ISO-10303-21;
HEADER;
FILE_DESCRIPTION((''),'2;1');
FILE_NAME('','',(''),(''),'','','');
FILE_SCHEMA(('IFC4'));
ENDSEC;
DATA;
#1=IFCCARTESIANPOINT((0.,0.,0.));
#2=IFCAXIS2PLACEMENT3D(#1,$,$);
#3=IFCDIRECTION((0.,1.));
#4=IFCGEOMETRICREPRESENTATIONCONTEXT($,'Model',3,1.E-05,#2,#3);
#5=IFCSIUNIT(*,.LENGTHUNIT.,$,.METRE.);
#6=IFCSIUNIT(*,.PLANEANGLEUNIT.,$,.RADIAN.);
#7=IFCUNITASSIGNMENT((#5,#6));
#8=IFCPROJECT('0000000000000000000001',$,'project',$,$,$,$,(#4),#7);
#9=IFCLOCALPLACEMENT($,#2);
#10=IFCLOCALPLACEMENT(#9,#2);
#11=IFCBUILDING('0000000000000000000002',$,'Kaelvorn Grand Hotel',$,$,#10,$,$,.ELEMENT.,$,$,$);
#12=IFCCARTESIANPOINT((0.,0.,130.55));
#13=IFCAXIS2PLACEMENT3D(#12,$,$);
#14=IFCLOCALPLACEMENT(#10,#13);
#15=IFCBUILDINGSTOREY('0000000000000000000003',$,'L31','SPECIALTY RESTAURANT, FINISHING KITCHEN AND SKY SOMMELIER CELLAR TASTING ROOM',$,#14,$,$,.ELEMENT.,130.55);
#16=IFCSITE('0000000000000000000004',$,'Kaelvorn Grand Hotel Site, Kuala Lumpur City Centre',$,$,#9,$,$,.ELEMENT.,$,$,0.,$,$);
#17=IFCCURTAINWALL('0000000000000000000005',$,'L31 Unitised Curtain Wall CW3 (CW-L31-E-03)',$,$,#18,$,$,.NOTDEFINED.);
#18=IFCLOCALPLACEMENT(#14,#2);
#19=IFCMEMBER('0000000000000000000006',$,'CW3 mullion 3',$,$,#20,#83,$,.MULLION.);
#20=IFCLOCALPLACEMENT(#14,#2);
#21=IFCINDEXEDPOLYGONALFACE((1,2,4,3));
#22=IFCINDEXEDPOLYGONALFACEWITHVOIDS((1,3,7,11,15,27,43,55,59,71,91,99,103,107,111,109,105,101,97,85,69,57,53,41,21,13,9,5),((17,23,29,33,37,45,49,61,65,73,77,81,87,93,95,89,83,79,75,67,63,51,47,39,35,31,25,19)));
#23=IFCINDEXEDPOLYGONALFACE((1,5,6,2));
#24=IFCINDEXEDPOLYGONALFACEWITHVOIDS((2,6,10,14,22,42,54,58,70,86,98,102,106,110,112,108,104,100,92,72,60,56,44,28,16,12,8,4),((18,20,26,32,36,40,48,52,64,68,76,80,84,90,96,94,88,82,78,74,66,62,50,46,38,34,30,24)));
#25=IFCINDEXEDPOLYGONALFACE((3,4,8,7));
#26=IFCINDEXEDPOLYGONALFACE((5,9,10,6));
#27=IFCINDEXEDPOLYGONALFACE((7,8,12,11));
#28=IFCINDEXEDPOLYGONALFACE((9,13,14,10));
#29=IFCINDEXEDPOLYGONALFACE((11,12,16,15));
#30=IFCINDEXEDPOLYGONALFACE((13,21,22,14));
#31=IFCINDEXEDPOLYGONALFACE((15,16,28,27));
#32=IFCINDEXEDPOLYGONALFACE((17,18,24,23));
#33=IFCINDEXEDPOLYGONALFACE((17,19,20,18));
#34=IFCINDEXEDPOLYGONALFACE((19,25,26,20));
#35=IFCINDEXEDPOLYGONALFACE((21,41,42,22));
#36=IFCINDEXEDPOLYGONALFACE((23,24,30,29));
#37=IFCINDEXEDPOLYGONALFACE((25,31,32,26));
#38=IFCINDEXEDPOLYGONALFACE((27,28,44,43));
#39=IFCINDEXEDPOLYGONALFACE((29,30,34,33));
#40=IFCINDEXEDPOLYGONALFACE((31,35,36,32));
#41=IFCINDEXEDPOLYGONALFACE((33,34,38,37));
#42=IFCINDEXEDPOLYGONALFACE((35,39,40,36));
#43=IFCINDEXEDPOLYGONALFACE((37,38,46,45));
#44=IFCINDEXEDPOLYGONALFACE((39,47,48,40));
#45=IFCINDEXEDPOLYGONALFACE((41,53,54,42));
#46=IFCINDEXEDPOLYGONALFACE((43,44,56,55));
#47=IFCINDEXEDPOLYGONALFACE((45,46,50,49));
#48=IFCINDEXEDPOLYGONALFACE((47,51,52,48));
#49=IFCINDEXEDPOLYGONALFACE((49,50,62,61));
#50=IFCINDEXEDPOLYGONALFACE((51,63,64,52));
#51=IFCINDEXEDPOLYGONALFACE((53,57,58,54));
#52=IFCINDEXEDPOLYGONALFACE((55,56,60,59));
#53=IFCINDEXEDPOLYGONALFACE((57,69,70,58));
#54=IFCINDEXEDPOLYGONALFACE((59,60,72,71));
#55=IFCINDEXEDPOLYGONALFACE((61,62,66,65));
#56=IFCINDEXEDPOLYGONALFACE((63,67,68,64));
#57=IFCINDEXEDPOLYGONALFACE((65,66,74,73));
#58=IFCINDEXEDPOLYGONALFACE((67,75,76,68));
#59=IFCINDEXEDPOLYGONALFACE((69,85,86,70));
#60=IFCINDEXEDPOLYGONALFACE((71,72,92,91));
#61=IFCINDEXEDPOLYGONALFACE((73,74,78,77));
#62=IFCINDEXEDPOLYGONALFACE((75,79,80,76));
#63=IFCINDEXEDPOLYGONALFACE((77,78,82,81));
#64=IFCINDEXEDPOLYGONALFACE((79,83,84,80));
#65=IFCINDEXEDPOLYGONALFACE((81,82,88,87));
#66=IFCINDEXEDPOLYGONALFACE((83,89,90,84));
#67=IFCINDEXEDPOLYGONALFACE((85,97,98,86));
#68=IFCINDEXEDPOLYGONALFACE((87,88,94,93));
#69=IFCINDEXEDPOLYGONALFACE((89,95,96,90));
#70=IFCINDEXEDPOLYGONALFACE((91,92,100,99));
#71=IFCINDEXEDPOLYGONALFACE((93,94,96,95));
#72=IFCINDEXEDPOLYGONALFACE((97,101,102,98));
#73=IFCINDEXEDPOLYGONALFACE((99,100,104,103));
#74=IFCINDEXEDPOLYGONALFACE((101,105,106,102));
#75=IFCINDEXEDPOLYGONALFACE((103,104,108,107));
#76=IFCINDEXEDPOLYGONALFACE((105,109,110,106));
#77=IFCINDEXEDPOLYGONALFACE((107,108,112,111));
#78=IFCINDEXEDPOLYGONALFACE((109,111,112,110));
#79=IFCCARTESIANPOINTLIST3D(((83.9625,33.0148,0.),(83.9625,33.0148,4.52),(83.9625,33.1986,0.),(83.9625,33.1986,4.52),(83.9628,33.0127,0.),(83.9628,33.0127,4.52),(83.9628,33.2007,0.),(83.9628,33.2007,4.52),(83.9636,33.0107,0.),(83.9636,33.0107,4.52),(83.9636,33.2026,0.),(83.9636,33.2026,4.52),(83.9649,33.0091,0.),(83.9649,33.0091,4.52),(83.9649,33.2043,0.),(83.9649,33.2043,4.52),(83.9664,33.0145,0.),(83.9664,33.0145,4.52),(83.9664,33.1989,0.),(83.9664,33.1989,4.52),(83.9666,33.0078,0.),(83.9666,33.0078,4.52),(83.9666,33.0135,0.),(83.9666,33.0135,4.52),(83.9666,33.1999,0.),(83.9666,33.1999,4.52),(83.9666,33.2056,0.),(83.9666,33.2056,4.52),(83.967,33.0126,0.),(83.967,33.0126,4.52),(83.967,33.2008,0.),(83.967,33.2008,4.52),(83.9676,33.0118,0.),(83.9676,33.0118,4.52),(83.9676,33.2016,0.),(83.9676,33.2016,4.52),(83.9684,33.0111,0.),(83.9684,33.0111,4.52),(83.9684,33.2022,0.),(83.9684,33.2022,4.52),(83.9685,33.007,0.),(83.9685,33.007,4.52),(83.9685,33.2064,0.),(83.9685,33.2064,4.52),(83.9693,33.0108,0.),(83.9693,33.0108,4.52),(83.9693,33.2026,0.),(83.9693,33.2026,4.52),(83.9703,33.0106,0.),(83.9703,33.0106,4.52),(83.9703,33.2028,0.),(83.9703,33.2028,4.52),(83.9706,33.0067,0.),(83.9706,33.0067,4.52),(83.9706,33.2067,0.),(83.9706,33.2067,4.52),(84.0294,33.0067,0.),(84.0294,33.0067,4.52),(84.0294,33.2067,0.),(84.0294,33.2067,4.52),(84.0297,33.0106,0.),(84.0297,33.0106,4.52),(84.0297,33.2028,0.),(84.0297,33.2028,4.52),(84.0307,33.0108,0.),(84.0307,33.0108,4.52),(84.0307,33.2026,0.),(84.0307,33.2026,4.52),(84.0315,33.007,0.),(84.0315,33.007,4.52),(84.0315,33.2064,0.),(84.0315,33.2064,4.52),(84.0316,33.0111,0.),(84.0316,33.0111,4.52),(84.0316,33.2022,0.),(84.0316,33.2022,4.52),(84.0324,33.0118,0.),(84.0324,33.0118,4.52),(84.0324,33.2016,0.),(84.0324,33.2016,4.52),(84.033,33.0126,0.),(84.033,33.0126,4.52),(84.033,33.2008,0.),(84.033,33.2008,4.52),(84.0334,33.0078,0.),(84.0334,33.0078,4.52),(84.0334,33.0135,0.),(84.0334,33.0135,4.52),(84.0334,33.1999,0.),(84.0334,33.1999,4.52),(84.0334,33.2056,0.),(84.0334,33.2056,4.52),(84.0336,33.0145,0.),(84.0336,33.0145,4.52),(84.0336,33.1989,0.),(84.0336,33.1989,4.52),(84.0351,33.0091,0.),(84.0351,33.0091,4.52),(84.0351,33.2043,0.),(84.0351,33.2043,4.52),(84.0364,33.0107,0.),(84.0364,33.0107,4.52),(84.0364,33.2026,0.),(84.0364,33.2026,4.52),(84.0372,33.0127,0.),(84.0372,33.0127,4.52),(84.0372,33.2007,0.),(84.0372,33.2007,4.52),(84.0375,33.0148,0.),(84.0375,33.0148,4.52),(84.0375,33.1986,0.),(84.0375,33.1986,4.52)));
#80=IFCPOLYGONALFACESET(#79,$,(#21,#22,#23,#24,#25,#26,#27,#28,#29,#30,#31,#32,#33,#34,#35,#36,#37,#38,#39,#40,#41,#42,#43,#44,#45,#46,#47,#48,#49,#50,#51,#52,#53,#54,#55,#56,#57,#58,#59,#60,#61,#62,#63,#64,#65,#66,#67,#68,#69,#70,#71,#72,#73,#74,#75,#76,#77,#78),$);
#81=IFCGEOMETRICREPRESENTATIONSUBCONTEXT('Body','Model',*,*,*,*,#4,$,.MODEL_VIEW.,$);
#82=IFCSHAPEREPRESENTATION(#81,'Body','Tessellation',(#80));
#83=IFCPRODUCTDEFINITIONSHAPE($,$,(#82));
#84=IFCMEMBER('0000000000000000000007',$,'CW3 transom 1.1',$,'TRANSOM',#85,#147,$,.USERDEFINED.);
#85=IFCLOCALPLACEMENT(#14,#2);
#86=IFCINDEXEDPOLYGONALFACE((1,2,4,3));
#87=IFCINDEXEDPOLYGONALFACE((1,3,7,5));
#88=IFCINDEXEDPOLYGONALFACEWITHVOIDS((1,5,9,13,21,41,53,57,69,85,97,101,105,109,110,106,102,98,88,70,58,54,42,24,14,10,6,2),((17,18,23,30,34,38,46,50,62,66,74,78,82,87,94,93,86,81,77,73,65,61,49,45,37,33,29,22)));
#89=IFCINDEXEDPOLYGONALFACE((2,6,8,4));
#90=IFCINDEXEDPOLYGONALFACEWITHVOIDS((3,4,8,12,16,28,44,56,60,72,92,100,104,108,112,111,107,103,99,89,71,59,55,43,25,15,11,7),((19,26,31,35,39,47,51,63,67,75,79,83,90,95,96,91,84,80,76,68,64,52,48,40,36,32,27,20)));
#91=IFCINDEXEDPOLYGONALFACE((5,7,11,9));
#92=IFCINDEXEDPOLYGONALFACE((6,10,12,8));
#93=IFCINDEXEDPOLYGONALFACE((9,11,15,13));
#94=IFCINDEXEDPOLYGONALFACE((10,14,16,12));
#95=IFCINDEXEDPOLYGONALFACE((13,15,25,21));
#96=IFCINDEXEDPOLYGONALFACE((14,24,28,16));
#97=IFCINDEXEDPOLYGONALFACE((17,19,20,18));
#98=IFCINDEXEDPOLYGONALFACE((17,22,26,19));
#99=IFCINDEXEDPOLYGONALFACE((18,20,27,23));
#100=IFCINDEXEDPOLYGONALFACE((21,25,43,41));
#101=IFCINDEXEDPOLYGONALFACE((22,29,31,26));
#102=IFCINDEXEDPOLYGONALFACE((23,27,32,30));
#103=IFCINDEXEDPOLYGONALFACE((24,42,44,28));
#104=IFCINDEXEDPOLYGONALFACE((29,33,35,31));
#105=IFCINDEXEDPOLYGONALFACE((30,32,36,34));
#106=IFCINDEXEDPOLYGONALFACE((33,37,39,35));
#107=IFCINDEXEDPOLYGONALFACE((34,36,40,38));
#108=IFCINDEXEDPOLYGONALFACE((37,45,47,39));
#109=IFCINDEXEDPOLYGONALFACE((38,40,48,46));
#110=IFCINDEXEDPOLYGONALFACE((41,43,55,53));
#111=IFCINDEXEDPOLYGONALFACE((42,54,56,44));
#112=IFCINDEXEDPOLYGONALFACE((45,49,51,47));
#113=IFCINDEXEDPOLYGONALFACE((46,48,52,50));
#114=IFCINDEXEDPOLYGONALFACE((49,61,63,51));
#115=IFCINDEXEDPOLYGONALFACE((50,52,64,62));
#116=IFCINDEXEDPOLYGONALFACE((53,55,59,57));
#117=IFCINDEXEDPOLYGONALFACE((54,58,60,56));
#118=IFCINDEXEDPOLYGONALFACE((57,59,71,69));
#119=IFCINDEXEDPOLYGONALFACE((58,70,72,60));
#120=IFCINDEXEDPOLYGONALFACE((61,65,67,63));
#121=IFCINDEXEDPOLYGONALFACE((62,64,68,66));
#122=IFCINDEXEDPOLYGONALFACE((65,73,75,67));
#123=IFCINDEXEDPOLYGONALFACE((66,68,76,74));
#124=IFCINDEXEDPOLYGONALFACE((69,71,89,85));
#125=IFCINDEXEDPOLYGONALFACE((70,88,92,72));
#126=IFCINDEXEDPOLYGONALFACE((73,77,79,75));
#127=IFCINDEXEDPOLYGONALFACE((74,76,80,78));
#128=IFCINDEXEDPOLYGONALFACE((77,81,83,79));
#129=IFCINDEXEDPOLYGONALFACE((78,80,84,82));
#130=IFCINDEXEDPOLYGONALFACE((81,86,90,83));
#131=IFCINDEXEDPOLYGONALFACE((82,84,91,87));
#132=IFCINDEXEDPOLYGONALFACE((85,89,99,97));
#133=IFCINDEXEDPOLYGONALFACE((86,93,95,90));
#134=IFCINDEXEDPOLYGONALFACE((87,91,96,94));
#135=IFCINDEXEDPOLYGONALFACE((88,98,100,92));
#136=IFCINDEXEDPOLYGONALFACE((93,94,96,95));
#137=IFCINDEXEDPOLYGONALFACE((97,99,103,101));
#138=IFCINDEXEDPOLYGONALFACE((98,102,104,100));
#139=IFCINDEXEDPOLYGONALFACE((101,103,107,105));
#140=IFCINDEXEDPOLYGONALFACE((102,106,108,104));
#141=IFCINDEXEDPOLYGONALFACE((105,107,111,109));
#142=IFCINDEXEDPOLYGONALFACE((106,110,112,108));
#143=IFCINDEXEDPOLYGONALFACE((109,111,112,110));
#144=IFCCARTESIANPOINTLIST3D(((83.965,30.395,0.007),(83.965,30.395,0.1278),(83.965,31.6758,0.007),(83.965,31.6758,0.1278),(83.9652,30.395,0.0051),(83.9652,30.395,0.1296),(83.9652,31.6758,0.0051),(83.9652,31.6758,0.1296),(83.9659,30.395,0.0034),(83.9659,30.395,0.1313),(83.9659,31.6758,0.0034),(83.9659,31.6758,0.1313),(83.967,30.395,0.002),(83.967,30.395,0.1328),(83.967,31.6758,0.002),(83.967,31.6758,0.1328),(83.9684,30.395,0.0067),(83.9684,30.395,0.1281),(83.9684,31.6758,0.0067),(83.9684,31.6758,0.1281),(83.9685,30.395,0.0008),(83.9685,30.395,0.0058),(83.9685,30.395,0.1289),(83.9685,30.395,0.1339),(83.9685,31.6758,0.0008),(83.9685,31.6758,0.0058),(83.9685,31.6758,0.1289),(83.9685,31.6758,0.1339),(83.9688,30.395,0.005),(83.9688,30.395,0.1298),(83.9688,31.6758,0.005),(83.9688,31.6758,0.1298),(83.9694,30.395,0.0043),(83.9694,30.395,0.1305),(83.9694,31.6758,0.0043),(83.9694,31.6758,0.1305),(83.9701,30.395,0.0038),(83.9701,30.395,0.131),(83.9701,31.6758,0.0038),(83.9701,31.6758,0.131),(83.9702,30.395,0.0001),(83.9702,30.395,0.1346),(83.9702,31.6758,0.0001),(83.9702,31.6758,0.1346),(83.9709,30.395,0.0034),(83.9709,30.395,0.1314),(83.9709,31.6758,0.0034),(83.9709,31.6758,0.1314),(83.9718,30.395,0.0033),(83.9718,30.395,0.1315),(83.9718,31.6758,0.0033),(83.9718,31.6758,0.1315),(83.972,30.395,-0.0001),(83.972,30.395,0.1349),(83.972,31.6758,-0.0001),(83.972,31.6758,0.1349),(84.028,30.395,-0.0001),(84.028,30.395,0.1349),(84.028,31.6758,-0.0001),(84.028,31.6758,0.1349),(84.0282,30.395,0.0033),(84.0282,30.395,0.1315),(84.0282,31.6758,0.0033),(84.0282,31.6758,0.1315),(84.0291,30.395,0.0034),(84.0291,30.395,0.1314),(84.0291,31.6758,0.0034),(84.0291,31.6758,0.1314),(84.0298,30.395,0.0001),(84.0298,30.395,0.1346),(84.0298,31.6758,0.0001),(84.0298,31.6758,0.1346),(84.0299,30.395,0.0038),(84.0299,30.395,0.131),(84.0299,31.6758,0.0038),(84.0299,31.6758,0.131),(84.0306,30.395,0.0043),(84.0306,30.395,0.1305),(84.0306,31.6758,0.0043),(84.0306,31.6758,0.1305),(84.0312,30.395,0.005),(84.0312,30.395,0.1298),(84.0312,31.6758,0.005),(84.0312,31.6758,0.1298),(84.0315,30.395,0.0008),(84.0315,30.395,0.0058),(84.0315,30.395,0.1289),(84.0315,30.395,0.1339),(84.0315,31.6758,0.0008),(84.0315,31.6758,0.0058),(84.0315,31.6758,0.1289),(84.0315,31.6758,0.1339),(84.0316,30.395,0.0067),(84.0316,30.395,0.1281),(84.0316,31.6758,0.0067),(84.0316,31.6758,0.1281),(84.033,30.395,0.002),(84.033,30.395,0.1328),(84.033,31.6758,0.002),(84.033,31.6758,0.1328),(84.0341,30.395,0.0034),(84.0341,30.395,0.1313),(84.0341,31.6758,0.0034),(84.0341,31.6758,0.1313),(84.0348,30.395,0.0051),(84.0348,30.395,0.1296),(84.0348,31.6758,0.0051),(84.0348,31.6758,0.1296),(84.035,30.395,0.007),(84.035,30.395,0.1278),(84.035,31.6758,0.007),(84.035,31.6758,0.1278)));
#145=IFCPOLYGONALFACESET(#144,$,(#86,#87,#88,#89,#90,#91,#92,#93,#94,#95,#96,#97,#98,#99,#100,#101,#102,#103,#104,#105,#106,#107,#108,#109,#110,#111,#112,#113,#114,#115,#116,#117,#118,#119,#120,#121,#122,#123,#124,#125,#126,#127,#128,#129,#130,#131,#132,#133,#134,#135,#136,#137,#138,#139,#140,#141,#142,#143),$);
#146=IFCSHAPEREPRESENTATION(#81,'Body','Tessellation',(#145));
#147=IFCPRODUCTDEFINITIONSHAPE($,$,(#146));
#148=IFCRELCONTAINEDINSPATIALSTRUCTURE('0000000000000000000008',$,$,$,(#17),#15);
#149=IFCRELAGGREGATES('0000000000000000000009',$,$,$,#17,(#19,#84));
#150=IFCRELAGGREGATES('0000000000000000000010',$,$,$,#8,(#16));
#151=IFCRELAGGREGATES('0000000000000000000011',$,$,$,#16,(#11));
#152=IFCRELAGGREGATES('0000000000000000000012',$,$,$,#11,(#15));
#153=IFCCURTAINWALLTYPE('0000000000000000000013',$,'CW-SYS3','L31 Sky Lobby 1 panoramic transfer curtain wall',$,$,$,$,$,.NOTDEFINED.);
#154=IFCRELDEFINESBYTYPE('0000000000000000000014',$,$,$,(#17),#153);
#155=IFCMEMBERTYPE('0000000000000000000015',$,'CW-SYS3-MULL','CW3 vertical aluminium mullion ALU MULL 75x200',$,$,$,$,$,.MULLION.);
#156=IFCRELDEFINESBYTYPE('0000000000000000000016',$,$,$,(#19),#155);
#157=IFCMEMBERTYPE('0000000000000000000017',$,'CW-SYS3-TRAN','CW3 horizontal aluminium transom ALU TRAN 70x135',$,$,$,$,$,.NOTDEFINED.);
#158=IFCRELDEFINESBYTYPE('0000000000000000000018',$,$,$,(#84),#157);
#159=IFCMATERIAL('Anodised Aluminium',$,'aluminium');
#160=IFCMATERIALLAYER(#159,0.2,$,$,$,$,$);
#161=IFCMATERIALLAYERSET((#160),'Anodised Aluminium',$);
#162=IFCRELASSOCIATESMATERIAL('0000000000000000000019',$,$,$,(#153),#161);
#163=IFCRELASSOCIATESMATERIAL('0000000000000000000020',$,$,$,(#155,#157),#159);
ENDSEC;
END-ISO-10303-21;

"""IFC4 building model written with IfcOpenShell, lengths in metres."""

from ifc_helpers import new_model, si_unit, direction, frame, origin, origin_2d, place, context, subcontext, project, spatial, hollow_rectangle, extrude, material, layer, layer_set, material_profile, profile_set, type_object, element, aggregate, save


model = new_model("IFC4")

# Units and contexts
model_context = context("Model", 3, precision=1e-05, world=origin(), true_north=direction((0.0, 1.0)))
body_context = subcontext(model_context, "Body", "Model", "MODEL_VIEW")
ifc_project = project(units=[si_unit("LENGTHUNIT", "METRE"), si_unit("PLANEANGLEUNIT", "RADIAN")], contexts=[model_context])

# Site, building, storey
site_placement = place(None, origin())
site = spatial("IfcSite", under=ifc_project, at=site_placement, Name="Kaelvorn Grand Hotel Site, Kuala Lumpur City Centre", CompositionType="ELEMENT", RefElevation=0.0)
building_placement = place(site_placement, origin())
building = spatial("IfcBuilding", under=site, at=building_placement, Name="Kaelvorn Grand Hotel", CompositionType="ELEMENT")
storey_placement = place(building_placement, frame((0.0, 0.0, 130.55)))
storey = spatial("IfcBuildingStorey", under=building, at=storey_placement, Name="L31", Description="SPECIALTY RESTAURANT, FINISHING KITCHEN AND SKY SOMMELIER CELLAR TASTING ROOM", CompositionType="ELEMENT", Elevation=130.55)

# Shared definitions
ifc_material_1 = material(Name="Anodised Aluminium", Category="aluminium")
ifc_layer_1 = layer(ifc_material_1, 0.2)
ifc_layer_set_1 = layer_set([ifc_layer_1], Name="Anodised Aluminium")
curtain_wall_type = type_object("IfcCurtainWallType", Name="CW-SYS3", Description="L31 Sky Lobby 1 panoramic transfer curtain wall", PredefinedType="NOTDEFINED", material=ifc_layer_set_1)
ifc_material_profile_1 = material_profile(ifc_material_1, hollow_rectangle(XDim=0.075, YDim=0.2, WallThickness=0.0039, InnerFilletRadius=0.0039, OuterFilletRadius=0.0081, at=origin_2d()), Name="ALU MULL 75x200")
ifc_profile_set_1 = profile_set([ifc_material_profile_1], Name="Anodised Aluminium")
member_type_1 = type_object("IfcMemberType", Name="CW-SYS3-MULL", Description="CW3 vertical aluminium mullion ALU MULL 75x200", PredefinedType="MULLION", material=ifc_profile_set_1)

# Curtain wall, members
curtain_wall_1_placement = place(storey_placement, origin())
curtain_wall_1 = element("IfcCurtainWall", 1, at=curtain_wall_1_placement, inside=storey, type_object=curtain_wall_type, Name="L31 Unitised Curtain Wall CW3 (CW-L31-E-03)", PredefinedType="NOTDEFINED")
member_1_placement = place(storey_placement, frame((84.0, 33.1067, 0.0), z_axis=(0.0, 0.0, 1.0), x_axis=(-1.0, 0.0, 0.0)))
member_1 = element("IfcMember", 2, at=member_1_placement, type_object=member_type_1, Name="CW3 mullion 3", PredefinedType="MULLION", context=body_context, shape_type="SweptSolid", body=[
    extrude(hollow_rectangle(XDim=0.075, YDim=0.2, WallThickness=0.0039, InnerFilletRadius=0.0039, OuterFilletRadius=0.0081, at=origin_2d()), origin(), (0.0, 0.0, 1.0), 4.52),
])
ifc_material_profile_2 = material_profile(ifc_material_1, hollow_rectangle(XDim=0.0701, YDim=0.135, WallThickness=0.0034, InnerFilletRadius=0.0034, OuterFilletRadius=0.0071, at=origin_2d()), Name="ALU TRAN 70x135")
ifc_profile_set_2 = profile_set([ifc_material_profile_2], Name="Anodised Aluminium")
member_type_2 = type_object("IfcMemberType", Name="CW-SYS3-TRAN", Description="CW3 horizontal aluminium transom ALU TRAN 70x135", PredefinedType="NOTDEFINED", material=ifc_profile_set_2)
member_2_placement = place(storey_placement, frame((84.0, 30.395, 0.0674), z_axis=(0.0, 1.0, 0.0), x_axis=(-1.0, 0.0, 0.0)))
member_2 = element("IfcMember", 3, at=member_2_placement, type_object=member_type_2, Name="CW3 transom 1.1", ObjectType="TRANSOM", PredefinedType="USERDEFINED", context=body_context, shape_type="SweptSolid", body=[
    extrude(hollow_rectangle(XDim=0.0701, YDim=0.135, WallThickness=0.0034, InnerFilletRadius=0.0034, OuterFilletRadius=0.0071, at=origin_2d()), origin(), (0.0, 0.0, 1.0), 1.2808),
])

aggregate(curtain_wall_1, [member_1, member_2])

save(model, "model.ifc")
